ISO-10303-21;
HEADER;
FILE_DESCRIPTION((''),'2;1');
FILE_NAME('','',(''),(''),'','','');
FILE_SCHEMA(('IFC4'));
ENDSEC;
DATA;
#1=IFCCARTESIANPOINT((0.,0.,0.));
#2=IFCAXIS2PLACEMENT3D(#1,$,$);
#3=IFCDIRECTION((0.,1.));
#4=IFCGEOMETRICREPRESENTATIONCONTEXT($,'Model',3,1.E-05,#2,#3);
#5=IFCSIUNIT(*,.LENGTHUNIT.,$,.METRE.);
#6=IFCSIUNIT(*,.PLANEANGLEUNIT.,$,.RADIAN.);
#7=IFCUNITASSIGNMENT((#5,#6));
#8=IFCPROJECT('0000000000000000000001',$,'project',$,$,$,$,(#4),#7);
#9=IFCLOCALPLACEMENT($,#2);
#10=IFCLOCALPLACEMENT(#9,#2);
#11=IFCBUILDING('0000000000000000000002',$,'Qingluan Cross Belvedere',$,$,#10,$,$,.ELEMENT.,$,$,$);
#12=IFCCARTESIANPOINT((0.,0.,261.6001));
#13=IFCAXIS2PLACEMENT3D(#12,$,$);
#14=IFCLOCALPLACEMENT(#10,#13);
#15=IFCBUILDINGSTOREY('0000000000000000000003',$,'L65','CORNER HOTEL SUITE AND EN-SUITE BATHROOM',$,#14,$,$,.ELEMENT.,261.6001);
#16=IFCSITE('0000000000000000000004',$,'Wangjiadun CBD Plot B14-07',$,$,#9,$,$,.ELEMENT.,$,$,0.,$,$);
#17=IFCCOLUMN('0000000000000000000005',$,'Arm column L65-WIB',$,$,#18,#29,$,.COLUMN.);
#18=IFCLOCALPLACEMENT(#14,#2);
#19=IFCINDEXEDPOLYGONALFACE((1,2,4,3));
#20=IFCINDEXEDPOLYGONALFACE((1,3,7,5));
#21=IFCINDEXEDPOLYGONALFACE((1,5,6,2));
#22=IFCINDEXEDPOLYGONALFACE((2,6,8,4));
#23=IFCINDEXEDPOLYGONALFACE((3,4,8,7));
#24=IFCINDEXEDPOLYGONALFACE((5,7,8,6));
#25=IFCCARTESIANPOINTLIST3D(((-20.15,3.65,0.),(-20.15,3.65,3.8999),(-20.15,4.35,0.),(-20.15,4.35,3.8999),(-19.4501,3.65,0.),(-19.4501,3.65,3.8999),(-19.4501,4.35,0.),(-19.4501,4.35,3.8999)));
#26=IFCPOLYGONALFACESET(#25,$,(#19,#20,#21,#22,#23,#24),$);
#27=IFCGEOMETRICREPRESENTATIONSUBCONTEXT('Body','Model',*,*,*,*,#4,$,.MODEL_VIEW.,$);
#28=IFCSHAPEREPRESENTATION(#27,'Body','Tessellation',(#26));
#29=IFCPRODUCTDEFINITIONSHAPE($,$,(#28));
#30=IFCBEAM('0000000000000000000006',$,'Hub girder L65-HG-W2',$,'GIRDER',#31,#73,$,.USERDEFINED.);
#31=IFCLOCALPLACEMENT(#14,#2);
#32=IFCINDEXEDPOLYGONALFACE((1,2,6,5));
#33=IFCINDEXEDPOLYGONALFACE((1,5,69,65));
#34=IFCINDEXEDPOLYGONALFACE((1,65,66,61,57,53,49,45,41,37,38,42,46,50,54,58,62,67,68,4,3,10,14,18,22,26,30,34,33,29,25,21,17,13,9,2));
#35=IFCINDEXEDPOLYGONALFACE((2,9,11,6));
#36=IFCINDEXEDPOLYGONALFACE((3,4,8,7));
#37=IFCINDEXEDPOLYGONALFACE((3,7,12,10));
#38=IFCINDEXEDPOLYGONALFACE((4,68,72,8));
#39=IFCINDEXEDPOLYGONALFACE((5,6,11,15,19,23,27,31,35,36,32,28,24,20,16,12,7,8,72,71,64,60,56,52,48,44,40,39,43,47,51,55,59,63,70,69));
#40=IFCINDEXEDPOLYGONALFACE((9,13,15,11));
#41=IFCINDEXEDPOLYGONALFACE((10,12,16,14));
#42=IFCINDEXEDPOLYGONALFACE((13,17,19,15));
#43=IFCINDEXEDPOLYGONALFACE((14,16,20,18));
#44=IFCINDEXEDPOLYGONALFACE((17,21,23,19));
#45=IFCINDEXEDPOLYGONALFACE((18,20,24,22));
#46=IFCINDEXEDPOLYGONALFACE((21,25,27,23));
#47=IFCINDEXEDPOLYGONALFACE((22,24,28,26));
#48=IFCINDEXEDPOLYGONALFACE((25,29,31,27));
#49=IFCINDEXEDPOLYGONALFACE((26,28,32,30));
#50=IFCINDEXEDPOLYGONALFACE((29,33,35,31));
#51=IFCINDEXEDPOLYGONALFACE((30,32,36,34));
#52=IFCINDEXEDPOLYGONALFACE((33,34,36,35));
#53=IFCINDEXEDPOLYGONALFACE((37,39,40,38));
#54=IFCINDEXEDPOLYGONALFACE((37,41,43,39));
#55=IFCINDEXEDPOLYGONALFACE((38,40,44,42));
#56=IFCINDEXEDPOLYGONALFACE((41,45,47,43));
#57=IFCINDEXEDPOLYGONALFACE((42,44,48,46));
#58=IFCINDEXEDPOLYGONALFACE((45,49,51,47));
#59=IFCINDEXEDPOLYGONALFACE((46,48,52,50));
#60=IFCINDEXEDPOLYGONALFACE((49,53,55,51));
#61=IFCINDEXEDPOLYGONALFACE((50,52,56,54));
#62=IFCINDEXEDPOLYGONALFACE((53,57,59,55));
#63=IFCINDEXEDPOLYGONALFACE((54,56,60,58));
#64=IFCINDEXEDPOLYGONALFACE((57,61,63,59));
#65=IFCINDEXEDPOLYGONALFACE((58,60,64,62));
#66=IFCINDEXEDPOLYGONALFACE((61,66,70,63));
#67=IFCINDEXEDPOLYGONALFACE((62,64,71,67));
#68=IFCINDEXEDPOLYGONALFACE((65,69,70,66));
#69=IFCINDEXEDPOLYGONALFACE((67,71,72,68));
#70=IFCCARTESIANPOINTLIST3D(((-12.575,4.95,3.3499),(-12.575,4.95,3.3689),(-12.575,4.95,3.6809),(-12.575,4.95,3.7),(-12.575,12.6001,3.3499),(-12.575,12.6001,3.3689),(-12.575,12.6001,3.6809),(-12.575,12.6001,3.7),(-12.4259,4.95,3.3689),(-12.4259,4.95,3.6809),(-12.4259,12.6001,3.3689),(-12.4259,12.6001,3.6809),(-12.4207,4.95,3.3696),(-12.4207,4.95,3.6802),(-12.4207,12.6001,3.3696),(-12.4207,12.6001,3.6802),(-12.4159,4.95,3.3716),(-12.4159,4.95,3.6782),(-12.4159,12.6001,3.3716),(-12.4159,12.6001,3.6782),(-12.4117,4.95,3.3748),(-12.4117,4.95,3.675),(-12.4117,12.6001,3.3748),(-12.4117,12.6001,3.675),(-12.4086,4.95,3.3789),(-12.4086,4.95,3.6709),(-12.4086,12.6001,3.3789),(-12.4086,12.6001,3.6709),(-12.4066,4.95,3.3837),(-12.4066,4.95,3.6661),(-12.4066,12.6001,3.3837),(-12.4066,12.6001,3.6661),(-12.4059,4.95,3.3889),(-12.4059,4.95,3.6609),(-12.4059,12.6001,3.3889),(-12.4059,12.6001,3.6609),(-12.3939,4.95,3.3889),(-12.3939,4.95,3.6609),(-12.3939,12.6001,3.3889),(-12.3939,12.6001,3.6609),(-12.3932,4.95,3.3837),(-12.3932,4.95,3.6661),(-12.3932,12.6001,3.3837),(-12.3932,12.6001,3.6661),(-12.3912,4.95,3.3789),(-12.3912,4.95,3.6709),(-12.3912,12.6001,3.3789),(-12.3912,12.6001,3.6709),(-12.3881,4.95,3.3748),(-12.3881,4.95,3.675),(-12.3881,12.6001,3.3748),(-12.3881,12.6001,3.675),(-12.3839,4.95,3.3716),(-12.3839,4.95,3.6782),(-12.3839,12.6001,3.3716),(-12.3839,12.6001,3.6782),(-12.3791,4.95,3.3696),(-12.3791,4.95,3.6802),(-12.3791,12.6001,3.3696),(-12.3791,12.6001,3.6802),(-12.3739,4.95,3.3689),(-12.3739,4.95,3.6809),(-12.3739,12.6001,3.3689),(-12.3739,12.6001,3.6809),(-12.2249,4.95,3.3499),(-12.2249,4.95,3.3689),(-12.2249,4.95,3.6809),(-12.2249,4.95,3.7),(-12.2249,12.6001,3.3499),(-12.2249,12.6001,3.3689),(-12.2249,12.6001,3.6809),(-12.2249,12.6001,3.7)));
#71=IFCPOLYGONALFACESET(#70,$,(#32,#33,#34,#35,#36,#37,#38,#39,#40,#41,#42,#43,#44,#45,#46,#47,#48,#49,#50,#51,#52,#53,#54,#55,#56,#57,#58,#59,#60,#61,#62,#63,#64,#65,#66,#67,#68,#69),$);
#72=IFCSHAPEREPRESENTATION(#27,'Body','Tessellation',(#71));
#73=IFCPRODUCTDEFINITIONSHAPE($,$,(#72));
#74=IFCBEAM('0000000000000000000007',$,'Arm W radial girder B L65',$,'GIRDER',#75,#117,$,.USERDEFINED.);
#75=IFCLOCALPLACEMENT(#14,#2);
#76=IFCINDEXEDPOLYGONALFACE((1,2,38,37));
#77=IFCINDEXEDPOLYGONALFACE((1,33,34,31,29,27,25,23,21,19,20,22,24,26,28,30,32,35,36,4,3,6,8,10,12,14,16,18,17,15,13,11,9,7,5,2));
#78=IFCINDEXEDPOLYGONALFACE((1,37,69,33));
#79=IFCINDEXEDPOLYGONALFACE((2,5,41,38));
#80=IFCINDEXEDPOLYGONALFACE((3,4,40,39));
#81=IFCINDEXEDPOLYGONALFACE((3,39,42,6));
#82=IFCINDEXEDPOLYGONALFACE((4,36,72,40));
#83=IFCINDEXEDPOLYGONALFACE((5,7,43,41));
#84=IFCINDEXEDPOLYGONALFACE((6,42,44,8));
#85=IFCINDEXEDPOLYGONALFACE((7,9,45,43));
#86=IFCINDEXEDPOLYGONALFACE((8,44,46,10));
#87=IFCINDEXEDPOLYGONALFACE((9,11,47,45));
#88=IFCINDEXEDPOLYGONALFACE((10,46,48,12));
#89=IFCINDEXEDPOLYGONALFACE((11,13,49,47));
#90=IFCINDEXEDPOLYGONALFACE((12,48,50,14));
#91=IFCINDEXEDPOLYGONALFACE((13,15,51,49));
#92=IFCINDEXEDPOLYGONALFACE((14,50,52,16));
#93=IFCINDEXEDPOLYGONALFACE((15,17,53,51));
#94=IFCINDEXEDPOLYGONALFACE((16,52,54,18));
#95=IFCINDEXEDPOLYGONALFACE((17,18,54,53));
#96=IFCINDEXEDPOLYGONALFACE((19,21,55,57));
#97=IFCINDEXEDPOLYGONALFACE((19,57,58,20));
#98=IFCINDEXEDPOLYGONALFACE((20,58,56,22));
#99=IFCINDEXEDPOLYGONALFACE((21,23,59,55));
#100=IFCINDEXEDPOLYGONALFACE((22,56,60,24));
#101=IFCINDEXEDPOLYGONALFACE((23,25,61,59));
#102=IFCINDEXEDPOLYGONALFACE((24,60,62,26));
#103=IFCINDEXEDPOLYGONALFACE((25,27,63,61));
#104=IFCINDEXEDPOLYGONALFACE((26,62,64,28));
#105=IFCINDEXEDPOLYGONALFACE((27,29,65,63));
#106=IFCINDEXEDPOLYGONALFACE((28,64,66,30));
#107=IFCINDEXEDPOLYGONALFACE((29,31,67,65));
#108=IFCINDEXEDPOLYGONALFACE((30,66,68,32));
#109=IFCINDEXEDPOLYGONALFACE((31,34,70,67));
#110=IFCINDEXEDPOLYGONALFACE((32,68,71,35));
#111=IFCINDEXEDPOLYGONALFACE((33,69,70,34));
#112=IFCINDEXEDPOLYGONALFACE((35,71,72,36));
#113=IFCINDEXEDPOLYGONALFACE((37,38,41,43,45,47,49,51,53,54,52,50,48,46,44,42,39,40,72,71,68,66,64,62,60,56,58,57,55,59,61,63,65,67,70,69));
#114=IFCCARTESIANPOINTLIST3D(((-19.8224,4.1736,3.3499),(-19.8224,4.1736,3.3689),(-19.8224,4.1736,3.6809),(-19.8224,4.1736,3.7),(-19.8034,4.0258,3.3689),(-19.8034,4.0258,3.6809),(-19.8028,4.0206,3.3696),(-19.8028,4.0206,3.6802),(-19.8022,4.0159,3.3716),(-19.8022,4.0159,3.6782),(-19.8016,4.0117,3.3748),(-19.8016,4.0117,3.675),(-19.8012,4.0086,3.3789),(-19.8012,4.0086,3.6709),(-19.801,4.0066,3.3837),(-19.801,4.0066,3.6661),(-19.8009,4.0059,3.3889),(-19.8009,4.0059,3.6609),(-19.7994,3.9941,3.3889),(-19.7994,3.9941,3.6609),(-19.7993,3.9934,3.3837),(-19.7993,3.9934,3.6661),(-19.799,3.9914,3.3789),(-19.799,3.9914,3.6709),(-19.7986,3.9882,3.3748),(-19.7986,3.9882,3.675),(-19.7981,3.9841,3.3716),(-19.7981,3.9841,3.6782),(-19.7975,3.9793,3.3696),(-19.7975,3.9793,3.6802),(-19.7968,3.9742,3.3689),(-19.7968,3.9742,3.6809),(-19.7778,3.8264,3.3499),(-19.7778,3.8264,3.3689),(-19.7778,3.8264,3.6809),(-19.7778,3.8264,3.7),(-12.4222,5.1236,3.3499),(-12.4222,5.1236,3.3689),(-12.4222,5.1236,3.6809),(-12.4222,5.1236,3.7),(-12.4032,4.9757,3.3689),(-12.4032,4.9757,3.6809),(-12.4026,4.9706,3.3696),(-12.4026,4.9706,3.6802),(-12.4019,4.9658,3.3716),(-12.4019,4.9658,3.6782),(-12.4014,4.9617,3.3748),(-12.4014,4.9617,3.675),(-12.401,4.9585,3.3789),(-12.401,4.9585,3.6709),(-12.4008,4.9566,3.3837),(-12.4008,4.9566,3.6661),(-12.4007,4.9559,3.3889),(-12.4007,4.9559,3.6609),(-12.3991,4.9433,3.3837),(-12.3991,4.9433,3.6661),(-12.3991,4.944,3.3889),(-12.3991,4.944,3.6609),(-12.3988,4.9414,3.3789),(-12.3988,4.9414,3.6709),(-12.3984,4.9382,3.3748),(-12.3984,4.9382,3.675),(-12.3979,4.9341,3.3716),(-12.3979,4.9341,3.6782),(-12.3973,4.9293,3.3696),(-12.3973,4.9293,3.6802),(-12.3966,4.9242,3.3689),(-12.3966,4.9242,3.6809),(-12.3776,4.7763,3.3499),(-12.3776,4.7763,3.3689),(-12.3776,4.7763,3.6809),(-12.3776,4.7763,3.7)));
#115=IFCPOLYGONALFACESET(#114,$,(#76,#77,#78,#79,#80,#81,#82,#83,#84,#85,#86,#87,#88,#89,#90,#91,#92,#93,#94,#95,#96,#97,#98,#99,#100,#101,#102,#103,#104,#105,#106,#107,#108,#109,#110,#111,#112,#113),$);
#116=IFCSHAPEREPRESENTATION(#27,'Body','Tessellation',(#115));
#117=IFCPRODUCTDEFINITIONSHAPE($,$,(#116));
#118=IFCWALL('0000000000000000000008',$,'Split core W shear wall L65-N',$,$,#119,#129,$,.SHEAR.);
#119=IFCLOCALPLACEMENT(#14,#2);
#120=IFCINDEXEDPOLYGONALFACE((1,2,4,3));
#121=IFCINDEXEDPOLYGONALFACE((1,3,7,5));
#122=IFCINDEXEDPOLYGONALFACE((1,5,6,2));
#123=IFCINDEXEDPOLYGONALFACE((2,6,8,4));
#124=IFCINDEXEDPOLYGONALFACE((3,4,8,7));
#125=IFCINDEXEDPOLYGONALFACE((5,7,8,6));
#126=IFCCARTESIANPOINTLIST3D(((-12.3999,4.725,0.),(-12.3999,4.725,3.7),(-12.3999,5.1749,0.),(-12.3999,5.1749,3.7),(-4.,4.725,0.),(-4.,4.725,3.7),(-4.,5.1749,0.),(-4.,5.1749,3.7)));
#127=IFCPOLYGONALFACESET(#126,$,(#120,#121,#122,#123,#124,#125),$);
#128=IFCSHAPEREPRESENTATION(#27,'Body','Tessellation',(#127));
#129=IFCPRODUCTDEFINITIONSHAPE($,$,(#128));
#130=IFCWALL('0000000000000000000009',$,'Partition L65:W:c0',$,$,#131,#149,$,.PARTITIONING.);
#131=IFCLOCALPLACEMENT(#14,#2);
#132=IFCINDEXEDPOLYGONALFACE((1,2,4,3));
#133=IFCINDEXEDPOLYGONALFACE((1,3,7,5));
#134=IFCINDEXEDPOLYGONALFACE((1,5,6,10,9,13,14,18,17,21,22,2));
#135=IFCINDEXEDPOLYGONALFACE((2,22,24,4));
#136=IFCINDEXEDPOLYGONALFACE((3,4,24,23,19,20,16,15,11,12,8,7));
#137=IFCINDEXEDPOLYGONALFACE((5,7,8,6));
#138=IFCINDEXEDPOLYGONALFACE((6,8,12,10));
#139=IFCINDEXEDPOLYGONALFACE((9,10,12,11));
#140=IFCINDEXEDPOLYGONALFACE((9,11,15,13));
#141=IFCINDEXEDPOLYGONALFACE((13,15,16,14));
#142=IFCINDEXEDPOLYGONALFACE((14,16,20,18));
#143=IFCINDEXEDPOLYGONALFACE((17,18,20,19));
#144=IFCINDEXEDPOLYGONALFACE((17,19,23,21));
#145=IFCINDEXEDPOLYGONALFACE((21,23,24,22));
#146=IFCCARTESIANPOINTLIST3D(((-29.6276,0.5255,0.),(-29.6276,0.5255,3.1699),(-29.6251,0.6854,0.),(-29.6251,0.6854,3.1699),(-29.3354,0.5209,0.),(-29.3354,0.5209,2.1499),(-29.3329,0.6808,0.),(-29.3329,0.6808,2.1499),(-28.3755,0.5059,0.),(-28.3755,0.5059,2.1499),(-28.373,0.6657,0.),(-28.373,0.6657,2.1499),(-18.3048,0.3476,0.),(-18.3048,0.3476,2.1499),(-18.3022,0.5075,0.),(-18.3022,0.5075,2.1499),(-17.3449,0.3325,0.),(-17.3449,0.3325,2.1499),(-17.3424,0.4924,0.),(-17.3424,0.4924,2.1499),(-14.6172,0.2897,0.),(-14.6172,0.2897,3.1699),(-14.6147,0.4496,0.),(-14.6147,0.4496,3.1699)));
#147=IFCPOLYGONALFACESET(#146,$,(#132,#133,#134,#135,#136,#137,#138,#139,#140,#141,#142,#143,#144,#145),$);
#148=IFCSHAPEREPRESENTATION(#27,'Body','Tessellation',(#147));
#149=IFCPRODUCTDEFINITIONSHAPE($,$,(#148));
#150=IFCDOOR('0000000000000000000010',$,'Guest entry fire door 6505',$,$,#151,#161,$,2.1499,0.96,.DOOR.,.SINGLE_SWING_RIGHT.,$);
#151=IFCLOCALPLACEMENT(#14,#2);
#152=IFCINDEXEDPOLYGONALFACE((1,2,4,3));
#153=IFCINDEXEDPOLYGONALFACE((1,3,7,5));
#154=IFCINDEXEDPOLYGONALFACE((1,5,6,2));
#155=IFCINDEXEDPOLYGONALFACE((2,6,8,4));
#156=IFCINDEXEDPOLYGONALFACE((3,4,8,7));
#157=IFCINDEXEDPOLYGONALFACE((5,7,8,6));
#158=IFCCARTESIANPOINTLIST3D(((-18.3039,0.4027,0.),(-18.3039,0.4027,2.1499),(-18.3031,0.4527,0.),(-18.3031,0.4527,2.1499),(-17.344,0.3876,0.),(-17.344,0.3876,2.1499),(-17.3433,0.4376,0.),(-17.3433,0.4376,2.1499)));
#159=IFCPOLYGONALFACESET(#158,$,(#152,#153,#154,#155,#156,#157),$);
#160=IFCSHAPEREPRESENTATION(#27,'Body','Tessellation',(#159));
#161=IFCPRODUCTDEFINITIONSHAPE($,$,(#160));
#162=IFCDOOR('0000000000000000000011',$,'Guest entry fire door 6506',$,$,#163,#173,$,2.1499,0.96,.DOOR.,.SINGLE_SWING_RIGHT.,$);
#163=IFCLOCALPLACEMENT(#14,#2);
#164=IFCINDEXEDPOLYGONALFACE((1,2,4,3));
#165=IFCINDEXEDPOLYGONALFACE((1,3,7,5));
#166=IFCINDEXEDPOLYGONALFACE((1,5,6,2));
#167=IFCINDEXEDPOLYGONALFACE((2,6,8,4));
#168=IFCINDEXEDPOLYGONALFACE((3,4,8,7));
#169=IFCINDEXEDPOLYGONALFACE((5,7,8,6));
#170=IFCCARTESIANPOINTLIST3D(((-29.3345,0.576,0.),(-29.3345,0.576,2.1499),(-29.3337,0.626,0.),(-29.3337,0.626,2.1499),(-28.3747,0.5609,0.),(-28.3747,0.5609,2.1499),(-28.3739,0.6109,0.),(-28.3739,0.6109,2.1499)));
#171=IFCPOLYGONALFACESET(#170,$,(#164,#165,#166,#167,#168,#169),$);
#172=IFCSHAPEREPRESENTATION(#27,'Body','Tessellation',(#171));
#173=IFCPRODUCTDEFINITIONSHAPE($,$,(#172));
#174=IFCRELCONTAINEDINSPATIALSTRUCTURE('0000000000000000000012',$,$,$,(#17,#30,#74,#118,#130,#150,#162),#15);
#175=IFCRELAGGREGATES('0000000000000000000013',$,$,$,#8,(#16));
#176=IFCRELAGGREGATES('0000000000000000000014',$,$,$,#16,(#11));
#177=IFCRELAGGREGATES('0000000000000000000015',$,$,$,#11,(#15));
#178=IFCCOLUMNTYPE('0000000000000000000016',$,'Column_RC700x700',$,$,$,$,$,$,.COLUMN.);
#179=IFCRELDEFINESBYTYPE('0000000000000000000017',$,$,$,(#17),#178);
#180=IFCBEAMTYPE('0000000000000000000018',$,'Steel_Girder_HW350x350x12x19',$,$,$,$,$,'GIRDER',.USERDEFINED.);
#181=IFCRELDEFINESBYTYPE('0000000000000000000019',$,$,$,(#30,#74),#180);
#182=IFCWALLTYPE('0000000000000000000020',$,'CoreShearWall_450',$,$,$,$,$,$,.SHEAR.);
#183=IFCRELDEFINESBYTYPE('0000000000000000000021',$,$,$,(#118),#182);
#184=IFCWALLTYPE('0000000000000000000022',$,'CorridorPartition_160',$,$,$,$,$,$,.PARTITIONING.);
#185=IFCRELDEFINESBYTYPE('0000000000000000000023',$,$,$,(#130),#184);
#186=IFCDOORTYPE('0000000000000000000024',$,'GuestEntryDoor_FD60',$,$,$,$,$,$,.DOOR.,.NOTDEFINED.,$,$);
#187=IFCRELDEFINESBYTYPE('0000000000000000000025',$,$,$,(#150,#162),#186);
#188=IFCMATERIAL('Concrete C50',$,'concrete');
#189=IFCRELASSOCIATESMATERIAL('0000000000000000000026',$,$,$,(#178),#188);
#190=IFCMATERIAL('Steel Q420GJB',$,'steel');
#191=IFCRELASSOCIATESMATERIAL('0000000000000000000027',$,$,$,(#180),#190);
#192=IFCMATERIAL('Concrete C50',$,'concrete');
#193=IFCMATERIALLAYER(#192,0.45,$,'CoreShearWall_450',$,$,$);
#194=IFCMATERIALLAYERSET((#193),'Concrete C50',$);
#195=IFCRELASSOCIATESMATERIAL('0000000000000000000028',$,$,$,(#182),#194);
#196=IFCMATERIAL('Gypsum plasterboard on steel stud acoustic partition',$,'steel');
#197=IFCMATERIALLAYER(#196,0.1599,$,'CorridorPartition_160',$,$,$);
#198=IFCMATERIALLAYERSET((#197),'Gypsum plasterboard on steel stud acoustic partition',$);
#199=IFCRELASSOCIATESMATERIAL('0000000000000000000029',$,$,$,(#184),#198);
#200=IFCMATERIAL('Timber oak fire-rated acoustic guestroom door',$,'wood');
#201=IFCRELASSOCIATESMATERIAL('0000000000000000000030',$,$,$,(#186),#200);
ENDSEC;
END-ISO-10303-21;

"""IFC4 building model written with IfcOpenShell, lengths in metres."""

from ifc_helpers import new_model, si_unit, direction, frame, frame_2d, origin, origin_2d, place, context, subcontext, project, spatial, rectangle, i_section, extrude, material, layer, layer_set, material_profile, profile_set, type_object, element, fill, save


model = new_model("IFC4")

# Units and contexts
model_context = context("Model", 3, precision=1e-05, world=origin(), true_north=direction((0.0, 1.0)))
body_context = subcontext(model_context, "Body", "Model", "MODEL_VIEW")
ifc_project = project(units=[si_unit("LENGTHUNIT", "METRE"), si_unit("PLANEANGLEUNIT", "RADIAN")], contexts=[model_context])

# Site, building, storey
site_placement = place(None, origin())
site = spatial("IfcSite", under=ifc_project, at=site_placement, Name="Wangjiadun CBD Plot B14-07", CompositionType="ELEMENT", RefElevation=0.0)
building_placement = place(site_placement, origin())
building = spatial("IfcBuilding", under=site, at=building_placement, Name="Qingluan Cross Belvedere", CompositionType="ELEMENT")
storey_placement = place(building_placement, frame((0.0, 0.0, 261.6001)))
storey = spatial("IfcBuildingStorey", under=building, at=storey_placement, Name="L65", Description="CORNER HOTEL SUITE AND EN-SUITE BATHROOM", CompositionType="ELEMENT", Elevation=261.6001)

# Column
ifc_material_1 = material(Name="Concrete C50", Category="concrete")
ifc_material_profile_1 = material_profile(ifc_material_1, rectangle(XDim=0.7, YDim=0.7, at=origin_2d()), Name="RC700x700")
ifc_profile_set_1 = profile_set([ifc_material_profile_1], Name="Concrete C50")
column_type = type_object("IfcColumnType", Name="Column_RC700x700", PredefinedType="COLUMN", material=ifc_profile_set_1)
column_placement = place(storey_placement, frame((-19.8, 4.0, 0.0), z_axis=(0.0, 0.0, 1.0), x_axis=(1.0, 0.0, 0.0)))
element("IfcColumn", 1, at=column_placement, inside=storey, type_object=column_type, Name="Arm column L65-WIB", PredefinedType="COLUMN", context=body_context, shape_type="SweptSolid", body=[
    extrude(rectangle(XDim=0.7, YDim=0.7, at=origin_2d()), origin(), (0.0, 0.0, 1.0), 3.8999),
])

# Beams
ifc_material_2 = material(Name="Steel Q420GJB", Category="steel")
ifc_material_profile_2 = material_profile(ifc_material_2, i_section(OverallWidth=0.3501, OverallDepth=0.3501, WebThickness=0.012, FlangeThickness=0.019, FilletRadius=0.02, at=origin_2d()), Name="HW350x350x12x19")
ifc_profile_set_2 = profile_set([ifc_material_profile_2], Name="Steel Q420GJB")
beam_type = type_object("IfcBeamType", Name="Steel_Girder_HW350x350x12x19", ElementType="GIRDER", PredefinedType="USERDEFINED", material=ifc_profile_set_2)
beam_1_placement = place(storey_placement, frame((-12.3999, 4.95, 3.5249), z_axis=(0.0, 1.0, 0.0), x_axis=(-1.0, 0.0, 0.0)))
element("IfcBeam", 2, at=beam_1_placement, inside=storey, type_object=beam_type, Name="Hub girder L65-HG-W2", ObjectType="GIRDER", PredefinedType="USERDEFINED", context=body_context, shape_type="SweptSolid", body=[
    extrude(i_section(OverallWidth=0.3501, OverallDepth=0.3501, WebThickness=0.012, FlangeThickness=0.019, FilletRadius=0.02, at=origin_2d()), origin(), (0.0, 0.0, 1.0), 7.6501),
])
beam_2_placement = place(storey_placement, frame((-12.3999, 4.95, 3.5249), z_axis=(-0.991861, -0.127324, 0.0), x_axis=(0.127324, -0.991861, 0.0)))
element("IfcBeam", 3, at=beam_2_placement, inside=storey, type_object=beam_type, Name="Arm W radial girder B L65", ObjectType="GIRDER", PredefinedType="USERDEFINED", context=body_context, shape_type="SweptSolid", body=[
    extrude(i_section(OverallWidth=0.3501, OverallDepth=0.3501, WebThickness=0.012, FlangeThickness=0.019, FilletRadius=0.02, at=origin_2d()), origin(), (0.0, 0.0, 1.0), 7.4609),
])

# Wall
ifc_material_3 = material(Name="Concrete C50", Category="concrete")
ifc_layer_1 = layer(ifc_material_3, 0.45, Name="CoreShearWall_450")
ifc_layer_set_1 = layer_set([ifc_layer_1], Name="Concrete C50")
wall_type_1 = type_object("IfcWallType", Name="CoreShearWall_450", PredefinedType="SHEAR", material=ifc_layer_set_1)
wall_1_placement = place(storey_placement, frame((-12.3999, 4.95, 0.0), z_axis=(0.0, 0.0, 1.0), x_axis=(1.0, 0.0, 0.0)))
element("IfcWall", 4, at=wall_1_placement, inside=storey, type_object=wall_type_1, Name="Split core W shear wall L65-N", PredefinedType="SHEAR", context=body_context, shape_type="SweptSolid", body=[
    extrude(rectangle(XDim=8.3999, YDim=0.45, at=frame_2d((4.2, 0.0))), origin(), (0.0, 0.0, 1.0), 3.7),
])

# Wall, openings, doors
ifc_material_4 = material(Name="Gypsum plasterboard on steel stud acoustic partition", Category="steel")
ifc_layer_2 = layer(ifc_material_4, 0.1599, Name="CorridorPartition_160")
ifc_layer_set_2 = layer_set([ifc_layer_2], Name="Gypsum plasterboard on steel stud acoustic partition")
wall_type_2 = type_object("IfcWallType", Name="CorridorPartition_160", PredefinedType="PARTITIONING", material=ifc_layer_set_2)
wall_2_placement = place(storey_placement, frame((-14.616, 0.3696, 0.0), z_axis=(0.0, 0.0, 1.0), x_axis=(-0.999877, 0.01571, 0.0)))
wall_2 = element("IfcWall", 5, at=wall_2_placement, inside=storey, type_object=wall_type_2, Name="Partition L65:W:c0", PredefinedType="PARTITIONING", context=body_context, shape_type="SweptSolid", body=[
    extrude(rectangle(XDim=15.0122, YDim=0.1599, at=frame_2d((7.5061, 0.0))), origin(), (0.0, 0.0, 1.0), 3.1699),
])
opening_1_placement = place(wall_2_placement, frame((2.728, 0.0, 0.0)))
opening_1 = element("IfcOpeningElement", 6, at=opening_1_placement, cuts=wall_2, PredefinedType="OPENING", context=body_context, shape_type="SweptSolid", body=[
    extrude(rectangle(XDim=0.96, YDim=2.1499, at=frame_2d((0.48, 1.075))), frame((0.0, 0.0898, 0.0), z_axis=(0.0, -1.0, 0.0), x_axis=(1.0, 0.0, 0.0)), (0.0, 0.0, 1.0), 0.1799),
])
opening_2_placement = place(wall_2_placement, frame((13.76, 0.0, 0.0)))
opening_2 = element("IfcOpeningElement", 7, at=opening_2_placement, cuts=wall_2, PredefinedType="OPENING", context=body_context, shape_type="SweptSolid", body=[
    extrude(rectangle(XDim=0.96, YDim=2.1499, at=frame_2d((0.48, 1.075))), frame((0.0, 0.0898, 0.0), z_axis=(0.0, -1.0, 0.0), x_axis=(1.0, 0.0, 0.0)), (0.0, 0.0, 1.0), 0.1799),
])
ifc_material_5 = material(Name="Timber oak fire-rated acoustic guestroom door", Category="wood")
door_type_1 = type_object("IfcDoorType", Name="GuestEntryDoor_FD60", OperationType="NOTDEFINED", PredefinedType="DOOR", material=ifc_material_5)
door_1_placement = place(opening_1_placement, origin())
door_1 = element("IfcDoor", 8, at=door_1_placement, inside=storey, type_object=door_type_1, Name="Guest entry fire door 6505", OperationType="SINGLE_SWING_RIGHT", OverallHeight=2.1499, OverallWidth=0.96, PredefinedType="DOOR", context=body_context, shape_type="SweptSolid", body=[
    extrude(rectangle(XDim=0.96, YDim=2.1499, at=frame_2d((0.48, 1.075))), frame((0.0, 0.0249, 0.0), z_axis=(0.0, -1.0, 0.0), x_axis=(1.0, 0.0, 0.0)), (0.0, 0.0, 1.0), 0.05),
])
fill(opening_1, door_1)
door_2_placement = place(opening_2_placement, origin())
door_2 = element("IfcDoor", 9, at=door_2_placement, inside=storey, type_object=door_type_1, Name="Guest entry fire door 6506", OperationType="SINGLE_SWING_RIGHT", OverallHeight=2.1499, OverallWidth=0.96, PredefinedType="DOOR", context=body_context, shape_type="SweptSolid", body=[
    extrude(rectangle(XDim=0.96, YDim=2.1499, at=frame_2d((0.48, 1.075))), frame((0.0, 0.0249, 0.0), z_axis=(0.0, -1.0, 0.0), x_axis=(1.0, 0.0, 0.0)), (0.0, 0.0, 1.0), 0.05),
])
fill(opening_2, door_2)

save(model, "model.ifc")
